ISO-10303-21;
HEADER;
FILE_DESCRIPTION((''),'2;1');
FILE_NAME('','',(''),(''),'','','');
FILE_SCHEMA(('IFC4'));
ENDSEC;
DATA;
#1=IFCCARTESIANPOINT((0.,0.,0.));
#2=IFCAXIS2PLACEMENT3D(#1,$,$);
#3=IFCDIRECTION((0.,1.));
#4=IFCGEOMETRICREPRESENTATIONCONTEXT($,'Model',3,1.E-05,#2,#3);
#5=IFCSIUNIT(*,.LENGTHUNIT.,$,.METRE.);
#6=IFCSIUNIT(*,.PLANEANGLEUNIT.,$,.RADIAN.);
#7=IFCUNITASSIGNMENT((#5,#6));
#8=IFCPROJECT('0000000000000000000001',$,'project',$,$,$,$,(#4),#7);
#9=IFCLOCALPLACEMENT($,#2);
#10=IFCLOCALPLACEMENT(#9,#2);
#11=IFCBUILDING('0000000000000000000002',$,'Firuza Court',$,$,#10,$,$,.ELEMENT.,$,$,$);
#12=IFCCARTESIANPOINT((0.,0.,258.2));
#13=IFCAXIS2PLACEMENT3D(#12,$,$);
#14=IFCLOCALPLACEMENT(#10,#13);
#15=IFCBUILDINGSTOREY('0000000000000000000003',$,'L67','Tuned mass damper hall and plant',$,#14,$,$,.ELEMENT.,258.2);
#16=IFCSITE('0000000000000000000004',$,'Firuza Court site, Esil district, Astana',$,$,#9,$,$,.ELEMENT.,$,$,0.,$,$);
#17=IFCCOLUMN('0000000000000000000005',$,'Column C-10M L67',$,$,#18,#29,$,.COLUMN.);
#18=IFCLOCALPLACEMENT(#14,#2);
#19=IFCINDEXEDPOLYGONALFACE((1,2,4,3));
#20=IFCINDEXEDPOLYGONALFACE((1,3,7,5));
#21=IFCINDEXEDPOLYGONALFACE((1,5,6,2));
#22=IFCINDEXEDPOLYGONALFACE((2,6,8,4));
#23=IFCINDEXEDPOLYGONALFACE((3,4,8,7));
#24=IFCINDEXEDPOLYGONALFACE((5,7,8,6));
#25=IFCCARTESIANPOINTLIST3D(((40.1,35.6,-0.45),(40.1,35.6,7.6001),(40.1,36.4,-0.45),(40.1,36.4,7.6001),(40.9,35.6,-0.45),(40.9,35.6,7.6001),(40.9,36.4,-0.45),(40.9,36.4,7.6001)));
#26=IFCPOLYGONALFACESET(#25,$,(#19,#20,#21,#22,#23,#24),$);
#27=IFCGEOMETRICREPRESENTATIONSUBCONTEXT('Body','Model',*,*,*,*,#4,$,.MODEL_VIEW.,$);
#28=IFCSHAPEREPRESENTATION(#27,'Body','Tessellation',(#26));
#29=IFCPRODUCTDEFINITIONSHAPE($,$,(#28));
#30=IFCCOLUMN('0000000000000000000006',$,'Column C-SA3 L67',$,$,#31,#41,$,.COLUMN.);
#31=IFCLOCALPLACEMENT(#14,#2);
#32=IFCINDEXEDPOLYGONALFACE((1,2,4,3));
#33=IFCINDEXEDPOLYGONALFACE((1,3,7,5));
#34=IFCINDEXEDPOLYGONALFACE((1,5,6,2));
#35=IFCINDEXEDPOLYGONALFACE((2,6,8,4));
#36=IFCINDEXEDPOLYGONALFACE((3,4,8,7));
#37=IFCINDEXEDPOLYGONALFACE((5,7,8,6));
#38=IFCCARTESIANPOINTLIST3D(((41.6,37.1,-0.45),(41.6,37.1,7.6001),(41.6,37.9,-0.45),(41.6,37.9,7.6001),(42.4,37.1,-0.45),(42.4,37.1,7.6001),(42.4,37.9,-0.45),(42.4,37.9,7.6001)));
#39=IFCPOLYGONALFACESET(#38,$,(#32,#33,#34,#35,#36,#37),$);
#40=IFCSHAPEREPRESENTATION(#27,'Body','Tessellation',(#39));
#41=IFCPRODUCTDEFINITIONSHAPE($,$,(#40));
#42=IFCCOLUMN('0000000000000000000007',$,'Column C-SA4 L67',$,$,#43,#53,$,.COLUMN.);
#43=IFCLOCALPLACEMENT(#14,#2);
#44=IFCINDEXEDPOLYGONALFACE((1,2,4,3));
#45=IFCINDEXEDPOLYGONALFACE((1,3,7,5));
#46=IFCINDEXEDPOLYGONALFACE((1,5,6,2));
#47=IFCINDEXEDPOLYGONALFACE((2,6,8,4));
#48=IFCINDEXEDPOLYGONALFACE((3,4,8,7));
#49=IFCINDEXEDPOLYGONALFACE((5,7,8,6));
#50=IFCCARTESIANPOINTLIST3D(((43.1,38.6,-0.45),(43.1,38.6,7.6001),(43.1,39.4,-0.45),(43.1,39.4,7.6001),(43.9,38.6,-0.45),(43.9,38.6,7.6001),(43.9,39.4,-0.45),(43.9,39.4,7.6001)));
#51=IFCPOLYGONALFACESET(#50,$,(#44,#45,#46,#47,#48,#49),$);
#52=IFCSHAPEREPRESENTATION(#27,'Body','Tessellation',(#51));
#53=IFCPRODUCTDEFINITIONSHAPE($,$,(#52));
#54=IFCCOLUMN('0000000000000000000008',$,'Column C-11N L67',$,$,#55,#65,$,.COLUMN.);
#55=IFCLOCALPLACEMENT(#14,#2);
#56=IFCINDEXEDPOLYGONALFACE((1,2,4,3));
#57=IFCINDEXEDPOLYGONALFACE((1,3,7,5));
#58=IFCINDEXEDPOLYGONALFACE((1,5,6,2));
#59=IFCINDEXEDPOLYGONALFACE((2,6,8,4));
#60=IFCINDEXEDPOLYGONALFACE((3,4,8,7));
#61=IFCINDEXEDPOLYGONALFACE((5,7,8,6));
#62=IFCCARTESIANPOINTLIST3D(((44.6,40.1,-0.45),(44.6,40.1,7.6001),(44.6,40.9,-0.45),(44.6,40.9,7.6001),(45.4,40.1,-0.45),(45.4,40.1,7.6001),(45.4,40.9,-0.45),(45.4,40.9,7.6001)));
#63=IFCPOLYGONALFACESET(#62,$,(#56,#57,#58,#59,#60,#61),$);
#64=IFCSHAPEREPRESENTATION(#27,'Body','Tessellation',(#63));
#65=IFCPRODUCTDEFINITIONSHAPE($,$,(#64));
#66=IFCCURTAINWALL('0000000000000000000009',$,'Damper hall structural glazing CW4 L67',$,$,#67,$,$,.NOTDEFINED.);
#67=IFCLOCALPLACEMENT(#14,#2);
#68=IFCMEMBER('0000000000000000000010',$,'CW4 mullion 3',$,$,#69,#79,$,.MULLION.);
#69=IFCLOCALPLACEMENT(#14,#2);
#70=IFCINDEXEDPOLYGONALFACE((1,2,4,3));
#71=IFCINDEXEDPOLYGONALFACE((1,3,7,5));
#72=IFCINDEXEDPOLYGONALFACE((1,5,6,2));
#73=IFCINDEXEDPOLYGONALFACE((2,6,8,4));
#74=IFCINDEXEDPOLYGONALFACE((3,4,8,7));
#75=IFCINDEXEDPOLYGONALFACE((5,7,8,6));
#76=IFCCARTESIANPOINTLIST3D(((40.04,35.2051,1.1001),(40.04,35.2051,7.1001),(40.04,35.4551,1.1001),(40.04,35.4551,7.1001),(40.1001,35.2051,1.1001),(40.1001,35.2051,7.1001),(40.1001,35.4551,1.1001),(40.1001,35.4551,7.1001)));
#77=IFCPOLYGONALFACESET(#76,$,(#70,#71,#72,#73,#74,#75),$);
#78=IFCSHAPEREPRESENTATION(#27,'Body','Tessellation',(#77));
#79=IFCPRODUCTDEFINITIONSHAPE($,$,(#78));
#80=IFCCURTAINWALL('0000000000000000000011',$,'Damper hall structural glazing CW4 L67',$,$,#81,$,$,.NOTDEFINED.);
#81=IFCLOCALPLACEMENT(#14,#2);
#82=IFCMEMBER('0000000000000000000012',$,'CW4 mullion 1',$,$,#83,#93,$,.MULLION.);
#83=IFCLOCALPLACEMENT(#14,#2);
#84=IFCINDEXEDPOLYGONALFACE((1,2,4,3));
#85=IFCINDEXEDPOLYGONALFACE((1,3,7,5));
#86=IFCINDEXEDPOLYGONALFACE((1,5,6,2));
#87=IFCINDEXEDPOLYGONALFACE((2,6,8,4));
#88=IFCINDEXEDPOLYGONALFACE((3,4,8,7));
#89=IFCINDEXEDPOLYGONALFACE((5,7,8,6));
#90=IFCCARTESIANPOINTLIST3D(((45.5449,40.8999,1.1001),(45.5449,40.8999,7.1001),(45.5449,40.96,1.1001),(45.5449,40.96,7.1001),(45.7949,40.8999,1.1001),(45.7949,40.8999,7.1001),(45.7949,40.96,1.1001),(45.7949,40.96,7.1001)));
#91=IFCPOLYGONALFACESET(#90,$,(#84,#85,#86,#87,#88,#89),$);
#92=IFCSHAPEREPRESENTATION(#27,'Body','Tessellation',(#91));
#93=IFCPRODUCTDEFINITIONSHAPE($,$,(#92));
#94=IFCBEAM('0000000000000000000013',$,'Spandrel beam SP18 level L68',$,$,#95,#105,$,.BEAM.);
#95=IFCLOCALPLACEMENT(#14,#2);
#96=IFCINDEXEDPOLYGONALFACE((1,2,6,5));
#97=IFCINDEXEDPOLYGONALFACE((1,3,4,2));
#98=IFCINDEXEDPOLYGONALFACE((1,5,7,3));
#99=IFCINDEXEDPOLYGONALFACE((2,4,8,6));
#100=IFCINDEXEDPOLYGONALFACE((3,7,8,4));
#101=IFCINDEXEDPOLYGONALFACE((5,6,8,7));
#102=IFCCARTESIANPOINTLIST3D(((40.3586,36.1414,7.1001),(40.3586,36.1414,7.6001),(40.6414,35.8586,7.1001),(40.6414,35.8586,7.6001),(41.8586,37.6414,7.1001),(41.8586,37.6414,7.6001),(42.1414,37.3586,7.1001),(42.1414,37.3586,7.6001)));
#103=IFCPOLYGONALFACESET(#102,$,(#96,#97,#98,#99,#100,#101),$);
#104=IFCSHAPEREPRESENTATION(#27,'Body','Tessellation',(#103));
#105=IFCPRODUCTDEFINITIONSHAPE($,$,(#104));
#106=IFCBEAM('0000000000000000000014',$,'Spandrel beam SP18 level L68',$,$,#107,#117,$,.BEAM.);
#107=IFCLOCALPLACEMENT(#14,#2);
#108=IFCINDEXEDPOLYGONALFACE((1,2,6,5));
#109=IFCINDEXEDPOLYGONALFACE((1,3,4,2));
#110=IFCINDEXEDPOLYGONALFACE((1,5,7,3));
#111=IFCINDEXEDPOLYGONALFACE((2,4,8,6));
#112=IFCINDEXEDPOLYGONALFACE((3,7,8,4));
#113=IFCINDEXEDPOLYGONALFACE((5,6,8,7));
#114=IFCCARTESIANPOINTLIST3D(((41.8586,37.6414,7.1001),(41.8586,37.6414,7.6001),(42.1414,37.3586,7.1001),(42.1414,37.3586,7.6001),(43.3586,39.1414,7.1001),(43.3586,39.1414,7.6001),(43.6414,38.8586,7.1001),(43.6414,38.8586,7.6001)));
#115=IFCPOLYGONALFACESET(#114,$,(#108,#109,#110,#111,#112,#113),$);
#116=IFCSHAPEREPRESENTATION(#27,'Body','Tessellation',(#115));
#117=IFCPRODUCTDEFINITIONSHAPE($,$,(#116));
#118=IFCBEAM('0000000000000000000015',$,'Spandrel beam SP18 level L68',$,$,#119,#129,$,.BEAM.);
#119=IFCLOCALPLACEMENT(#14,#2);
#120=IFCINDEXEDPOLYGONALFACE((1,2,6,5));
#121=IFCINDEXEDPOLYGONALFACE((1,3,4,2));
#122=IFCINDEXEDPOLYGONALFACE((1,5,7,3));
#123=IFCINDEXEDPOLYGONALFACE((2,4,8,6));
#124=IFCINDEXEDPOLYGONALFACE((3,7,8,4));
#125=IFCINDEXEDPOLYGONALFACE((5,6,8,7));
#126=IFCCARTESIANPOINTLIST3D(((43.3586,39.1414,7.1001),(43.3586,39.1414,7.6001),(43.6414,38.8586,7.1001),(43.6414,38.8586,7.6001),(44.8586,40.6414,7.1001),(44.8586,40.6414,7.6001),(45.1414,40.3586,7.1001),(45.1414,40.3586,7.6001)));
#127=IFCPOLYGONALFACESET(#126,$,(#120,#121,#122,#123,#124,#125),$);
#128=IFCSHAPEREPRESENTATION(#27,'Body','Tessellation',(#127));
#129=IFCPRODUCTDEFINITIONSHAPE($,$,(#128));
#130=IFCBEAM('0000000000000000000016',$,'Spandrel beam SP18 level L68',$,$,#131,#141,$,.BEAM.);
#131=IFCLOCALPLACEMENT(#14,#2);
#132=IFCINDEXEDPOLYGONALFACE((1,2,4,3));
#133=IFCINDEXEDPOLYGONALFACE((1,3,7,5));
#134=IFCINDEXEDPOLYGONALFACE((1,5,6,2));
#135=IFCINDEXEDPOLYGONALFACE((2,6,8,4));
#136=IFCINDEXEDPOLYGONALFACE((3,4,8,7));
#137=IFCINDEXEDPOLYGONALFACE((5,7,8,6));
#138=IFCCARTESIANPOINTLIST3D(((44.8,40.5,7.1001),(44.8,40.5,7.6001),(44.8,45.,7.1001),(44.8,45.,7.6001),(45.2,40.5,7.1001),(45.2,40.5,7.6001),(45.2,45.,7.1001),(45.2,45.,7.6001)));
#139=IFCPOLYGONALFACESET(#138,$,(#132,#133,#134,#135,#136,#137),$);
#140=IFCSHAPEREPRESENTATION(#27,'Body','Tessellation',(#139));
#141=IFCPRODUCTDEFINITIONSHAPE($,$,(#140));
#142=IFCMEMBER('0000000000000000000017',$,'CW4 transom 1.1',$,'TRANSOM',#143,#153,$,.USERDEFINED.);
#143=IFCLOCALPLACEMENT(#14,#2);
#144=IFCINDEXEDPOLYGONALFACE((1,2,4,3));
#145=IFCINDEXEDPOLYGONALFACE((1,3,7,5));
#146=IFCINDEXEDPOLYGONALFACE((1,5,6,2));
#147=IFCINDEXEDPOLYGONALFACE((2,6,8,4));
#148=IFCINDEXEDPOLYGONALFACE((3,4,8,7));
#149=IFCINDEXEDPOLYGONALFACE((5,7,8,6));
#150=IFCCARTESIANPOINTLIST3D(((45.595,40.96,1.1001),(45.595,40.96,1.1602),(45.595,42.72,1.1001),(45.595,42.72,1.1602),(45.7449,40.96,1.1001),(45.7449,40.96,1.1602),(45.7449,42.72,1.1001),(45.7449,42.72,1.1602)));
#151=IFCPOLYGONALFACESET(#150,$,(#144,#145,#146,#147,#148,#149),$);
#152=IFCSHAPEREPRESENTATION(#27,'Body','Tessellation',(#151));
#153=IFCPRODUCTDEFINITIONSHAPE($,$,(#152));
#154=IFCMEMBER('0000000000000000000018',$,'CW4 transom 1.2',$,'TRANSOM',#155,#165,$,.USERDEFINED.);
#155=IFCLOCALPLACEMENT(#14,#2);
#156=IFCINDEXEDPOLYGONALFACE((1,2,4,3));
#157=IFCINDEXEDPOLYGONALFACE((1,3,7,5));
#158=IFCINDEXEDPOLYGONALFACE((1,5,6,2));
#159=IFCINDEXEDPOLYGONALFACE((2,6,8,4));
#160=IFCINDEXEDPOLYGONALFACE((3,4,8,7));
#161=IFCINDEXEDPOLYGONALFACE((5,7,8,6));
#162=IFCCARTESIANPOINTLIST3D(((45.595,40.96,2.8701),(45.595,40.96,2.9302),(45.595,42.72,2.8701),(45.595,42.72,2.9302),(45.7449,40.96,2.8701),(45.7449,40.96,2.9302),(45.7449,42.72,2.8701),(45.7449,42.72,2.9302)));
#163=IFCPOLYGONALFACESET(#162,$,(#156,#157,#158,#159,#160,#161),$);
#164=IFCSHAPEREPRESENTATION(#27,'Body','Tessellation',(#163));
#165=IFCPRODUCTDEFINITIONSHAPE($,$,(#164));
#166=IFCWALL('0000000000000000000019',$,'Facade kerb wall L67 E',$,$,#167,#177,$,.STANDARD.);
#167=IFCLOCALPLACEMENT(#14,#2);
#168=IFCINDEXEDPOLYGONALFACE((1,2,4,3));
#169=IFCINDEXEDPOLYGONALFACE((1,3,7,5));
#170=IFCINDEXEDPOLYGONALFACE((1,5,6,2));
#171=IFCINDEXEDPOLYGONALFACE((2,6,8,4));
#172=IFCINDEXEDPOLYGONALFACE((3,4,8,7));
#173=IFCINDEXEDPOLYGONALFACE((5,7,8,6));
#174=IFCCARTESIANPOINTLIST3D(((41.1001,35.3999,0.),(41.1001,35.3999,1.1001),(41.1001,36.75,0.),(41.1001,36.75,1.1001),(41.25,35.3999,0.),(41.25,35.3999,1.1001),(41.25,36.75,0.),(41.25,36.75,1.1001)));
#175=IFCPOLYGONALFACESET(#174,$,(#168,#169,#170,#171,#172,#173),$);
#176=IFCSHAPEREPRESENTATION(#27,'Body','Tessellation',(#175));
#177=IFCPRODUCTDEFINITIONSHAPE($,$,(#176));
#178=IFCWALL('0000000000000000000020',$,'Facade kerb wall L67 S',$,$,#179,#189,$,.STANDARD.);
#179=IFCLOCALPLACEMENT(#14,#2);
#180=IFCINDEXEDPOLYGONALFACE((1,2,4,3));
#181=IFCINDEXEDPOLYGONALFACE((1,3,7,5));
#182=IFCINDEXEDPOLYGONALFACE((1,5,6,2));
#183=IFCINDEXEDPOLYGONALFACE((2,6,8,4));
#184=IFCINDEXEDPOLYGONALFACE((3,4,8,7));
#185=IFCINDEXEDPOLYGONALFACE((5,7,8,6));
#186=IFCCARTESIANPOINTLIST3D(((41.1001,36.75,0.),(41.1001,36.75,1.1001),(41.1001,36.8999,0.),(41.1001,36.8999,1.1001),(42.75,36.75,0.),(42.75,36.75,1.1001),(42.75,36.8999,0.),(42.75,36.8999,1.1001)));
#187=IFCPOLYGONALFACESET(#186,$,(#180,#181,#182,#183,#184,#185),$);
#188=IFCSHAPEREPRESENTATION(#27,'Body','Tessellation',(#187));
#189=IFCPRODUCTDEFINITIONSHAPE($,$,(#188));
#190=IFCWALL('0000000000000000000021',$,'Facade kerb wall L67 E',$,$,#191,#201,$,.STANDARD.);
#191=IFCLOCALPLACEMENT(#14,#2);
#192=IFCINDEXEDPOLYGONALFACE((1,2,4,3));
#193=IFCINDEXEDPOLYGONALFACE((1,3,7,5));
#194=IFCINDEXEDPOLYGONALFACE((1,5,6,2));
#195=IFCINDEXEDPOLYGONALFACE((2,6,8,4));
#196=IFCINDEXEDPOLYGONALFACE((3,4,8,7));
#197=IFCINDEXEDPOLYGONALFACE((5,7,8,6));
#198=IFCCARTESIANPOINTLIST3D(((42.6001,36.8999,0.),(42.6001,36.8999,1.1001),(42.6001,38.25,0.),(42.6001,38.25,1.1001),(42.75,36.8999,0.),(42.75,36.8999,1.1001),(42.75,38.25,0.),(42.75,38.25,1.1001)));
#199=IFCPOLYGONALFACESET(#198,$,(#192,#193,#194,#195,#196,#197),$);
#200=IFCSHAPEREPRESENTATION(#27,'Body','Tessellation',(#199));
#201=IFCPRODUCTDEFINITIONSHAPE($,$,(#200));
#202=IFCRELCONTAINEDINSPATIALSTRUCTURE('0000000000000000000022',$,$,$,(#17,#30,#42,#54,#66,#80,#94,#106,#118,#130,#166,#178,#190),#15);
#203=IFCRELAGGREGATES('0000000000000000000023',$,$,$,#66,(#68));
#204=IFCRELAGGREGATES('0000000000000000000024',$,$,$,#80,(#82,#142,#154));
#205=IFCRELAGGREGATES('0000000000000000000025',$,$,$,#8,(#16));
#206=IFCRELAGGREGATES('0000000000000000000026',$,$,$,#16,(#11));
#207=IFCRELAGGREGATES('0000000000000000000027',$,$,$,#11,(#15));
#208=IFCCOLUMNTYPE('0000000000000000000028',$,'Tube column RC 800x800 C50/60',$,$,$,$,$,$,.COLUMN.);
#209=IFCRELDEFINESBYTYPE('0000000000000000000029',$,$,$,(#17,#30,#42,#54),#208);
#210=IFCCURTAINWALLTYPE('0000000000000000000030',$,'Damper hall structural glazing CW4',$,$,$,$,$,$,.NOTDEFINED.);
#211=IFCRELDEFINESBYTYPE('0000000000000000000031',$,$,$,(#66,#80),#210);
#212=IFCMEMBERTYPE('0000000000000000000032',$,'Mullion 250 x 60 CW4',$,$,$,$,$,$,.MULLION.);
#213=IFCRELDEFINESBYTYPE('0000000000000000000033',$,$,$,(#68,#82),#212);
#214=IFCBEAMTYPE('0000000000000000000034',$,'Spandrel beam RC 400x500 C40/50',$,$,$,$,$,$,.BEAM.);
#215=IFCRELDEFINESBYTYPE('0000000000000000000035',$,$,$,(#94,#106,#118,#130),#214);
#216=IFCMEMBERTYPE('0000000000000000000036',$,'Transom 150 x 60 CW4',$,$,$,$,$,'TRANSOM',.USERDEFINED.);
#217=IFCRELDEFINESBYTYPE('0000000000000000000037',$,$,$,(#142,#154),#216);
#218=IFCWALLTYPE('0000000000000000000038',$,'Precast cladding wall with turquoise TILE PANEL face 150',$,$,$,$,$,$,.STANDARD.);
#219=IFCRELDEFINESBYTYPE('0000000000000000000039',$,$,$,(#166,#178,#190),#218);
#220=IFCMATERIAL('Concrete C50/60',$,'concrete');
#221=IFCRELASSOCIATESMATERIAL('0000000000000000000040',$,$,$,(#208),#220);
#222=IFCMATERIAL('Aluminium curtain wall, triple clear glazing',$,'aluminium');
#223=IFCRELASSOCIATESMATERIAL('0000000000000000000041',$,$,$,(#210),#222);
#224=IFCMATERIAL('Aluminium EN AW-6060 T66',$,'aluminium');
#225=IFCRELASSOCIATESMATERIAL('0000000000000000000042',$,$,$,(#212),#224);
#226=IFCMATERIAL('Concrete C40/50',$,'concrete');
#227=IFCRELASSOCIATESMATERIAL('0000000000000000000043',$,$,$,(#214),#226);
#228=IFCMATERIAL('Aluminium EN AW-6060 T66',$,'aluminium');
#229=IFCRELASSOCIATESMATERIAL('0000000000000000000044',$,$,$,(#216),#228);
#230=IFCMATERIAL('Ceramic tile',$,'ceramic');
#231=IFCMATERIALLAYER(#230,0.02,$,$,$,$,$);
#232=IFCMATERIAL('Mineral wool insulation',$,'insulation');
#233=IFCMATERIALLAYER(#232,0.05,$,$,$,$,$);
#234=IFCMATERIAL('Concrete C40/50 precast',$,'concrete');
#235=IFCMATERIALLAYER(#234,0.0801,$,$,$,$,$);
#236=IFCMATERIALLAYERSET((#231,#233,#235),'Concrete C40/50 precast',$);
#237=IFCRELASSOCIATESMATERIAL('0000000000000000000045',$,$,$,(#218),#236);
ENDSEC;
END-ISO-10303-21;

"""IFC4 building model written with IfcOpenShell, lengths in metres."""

from ifc_helpers import new_model, si_unit, direction, frame, frame_2d, origin, origin_2d, place, context, subcontext, project, spatial, rectangle, extrude, material, layer, layer_set, material_profile, profile_set, type_object, element, aggregate, save


model = new_model("IFC4")

# Units and contexts
model_context = context("Model", 3, precision=1e-05, world=origin(), true_north=direction((0.0, 1.0)))
body_context = subcontext(model_context, "Body", "Model", "MODEL_VIEW")
ifc_project = project(units=[si_unit("LENGTHUNIT", "METRE"), si_unit("PLANEANGLEUNIT", "RADIAN")], contexts=[model_context])

# Site, building, storey
site_placement = place(None, origin())
site = spatial("IfcSite", under=ifc_project, at=site_placement, Name="Firuza Court site, Esil district, Astana", CompositionType="ELEMENT", RefElevation=0.0)
building_placement = place(site_placement, origin())
building = spatial("IfcBuilding", under=site, at=building_placement, Name="Firuza Court", CompositionType="ELEMENT")
storey_placement = place(building_placement, frame((0.0, 0.0, 258.2)))
storey = spatial("IfcBuildingStorey", under=building, at=storey_placement, Name="L67", Description="Tuned mass damper hall and plant", CompositionType="ELEMENT", Elevation=258.2)

# Columns
ifc_material_1 = material(Name="Concrete C50/60", Category="concrete")
ifc_material_profile_1 = material_profile(ifc_material_1, rectangle(XDim=0.8, YDim=0.8, at=origin_2d()), Name="RC 800x800")
ifc_profile_set_1 = profile_set([ifc_material_profile_1], Name="Concrete C50/60")
column_type = type_object("IfcColumnType", Name="Tube column RC 800x800 C50/60", PredefinedType="COLUMN", material=ifc_profile_set_1)
for number, where, z_axis, x_axis, name in (
    (1, (40.5, 36.0, -0.45), (0.0, 0.0, 1.0), (1.0, 0.0, 0.0), "Column C-10M L67"),
    (2, (42.0, 37.5, -0.45), (0.0, 0.0, 1.0), (1.0, 0.0, 0.0), "Column C-SA3 L67"),
    (3, (43.5, 39.0, -0.45), (0.0, 0.0, 1.0), (1.0, 0.0, 0.0), "Column C-SA4 L67"),
    (4, (45.0, 40.5, -0.45), (0.0, 0.0, 1.0), (1.0, 0.0, 0.0), "Column C-11N L67"),
):
    element("IfcColumn", number, at=place(storey_placement, frame(where, z_axis=z_axis, x_axis=x_axis)), inside=storey, type_object=column_type, Name=name, PredefinedType="COLUMN", context=body_context, shape_type="SweptSolid", body=[
        extrude(rectangle(XDim=0.8, YDim=0.8, at=origin_2d()), origin(), (0.0, 0.0, 1.0), 8.05),
    ])

# Curtain walls, members
ifc_material_2 = material(Name="Aluminium curtain wall, triple clear glazing", Category="aluminium")
curtain_wall_type = type_object("IfcCurtainWallType", Name="Damper hall structural glazing CW4", PredefinedType="NOTDEFINED", material=ifc_material_2)
curtain_wall_1_placement = place(storey_placement, origin())
curtain_wall_1 = element("IfcCurtainWall", 5, at=curtain_wall_1_placement, inside=storey, type_object=curtain_wall_type, Name="Damper hall structural glazing CW4 L67", PredefinedType="NOTDEFINED")
ifc_material_3 = material(Name="Aluminium EN AW-6060 T66", Category="aluminium")
ifc_material_profile_2 = material_profile(ifc_material_3, rectangle(XDim=0.25, YDim=0.0601, at=origin_2d()), Name="Mullion 250 x 60 CW4")
ifc_profile_set_2 = profile_set([ifc_material_profile_2], Name="Aluminium EN AW-6060 T66")
member_type_1 = type_object("IfcMemberType", Name="Mullion 250 x 60 CW4", PredefinedType="MULLION", material=ifc_profile_set_2)
member_1_placement = place(storey_placement, frame((40.0701, 35.3301, 1.1001), z_axis=(0.0, 0.0, 1.0), x_axis=(0.0, 1.0, 0.0)))
member_1 = element("IfcMember", 6, at=member_1_placement, type_object=member_type_1, Name="CW4 mullion 3", PredefinedType="MULLION", context=body_context, shape_type="SweptSolid", body=[
    extrude(rectangle(XDim=0.25, YDim=0.0601, at=origin_2d()), origin(), (0.0, 0.0, 1.0), 6.0),
])
aggregate(curtain_wall_1, [member_1])
curtain_wall_2_placement = place(storey_placement, origin())
curtain_wall_2 = element("IfcCurtainWall", 7, at=curtain_wall_2_placement, inside=storey, type_object=curtain_wall_type, Name="Damper hall structural glazing CW4 L67", PredefinedType="NOTDEFINED")
member_2_placement = place(storey_placement, frame((45.6699, 40.9299, 1.1001), z_axis=(0.0, 0.0, 1.0), x_axis=(-1.0, 0.0, 0.0)))
member_2 = element("IfcMember", 8, at=member_2_placement, type_object=member_type_1, Name="CW4 mullion 1", PredefinedType="MULLION", context=body_context, shape_type="SweptSolid", body=[
    extrude(rectangle(XDim=0.25, YDim=0.0601, at=origin_2d()), origin(), (0.0, 0.0, 1.0), 6.0),
])

# Beams
ifc_material_4 = material(Name="Concrete C40/50", Category="concrete")
ifc_material_profile_3 = material_profile(ifc_material_4, rectangle(XDim=0.3999, YDim=0.5, at=origin_2d()), Name="RC 400x500")
ifc_profile_set_3 = profile_set([ifc_material_profile_3], Name="Concrete C40/50")
beam_type = type_object("IfcBeamType", Name="Spandrel beam RC 400x500 C40/50", PredefinedType="BEAM", material=ifc_profile_set_3)
for number, where, z_axis, x_axis, name in (
    (9, (40.5, 36.0, 7.3501), (0.707107, 0.707107, 0.0), (-0.707107, 0.707107, 0.0), "Spandrel beam SP18 level L68"),
    (10, (42.0, 37.5, 7.3501), (0.707107, 0.707107, 0.0), (-0.707107, 0.707107, 0.0), "Spandrel beam SP18 level L68"),
    (11, (43.5, 39.0, 7.3501), (0.707107, 0.707107, 0.0), (-0.707107, 0.707107, 0.0), "Spandrel beam SP18 level L68"),
):
    element("IfcBeam", number, at=place(storey_placement, frame(where, z_axis=z_axis, x_axis=x_axis)), inside=storey, type_object=beam_type, Name=name, PredefinedType="BEAM", context=body_context, shape_type="SweptSolid", body=[
        extrude(rectangle(XDim=0.3999, YDim=0.5, at=origin_2d()), origin(), (0.0, 0.0, 1.0), 2.1213),
    ])
beam_placement = place(storey_placement, frame((45.0, 40.5, 7.3501), z_axis=(0.0, 1.0, 0.0), x_axis=(-1.0, 0.0, 0.0)))
element("IfcBeam", 12, at=beam_placement, inside=storey, type_object=beam_type, Name="Spandrel beam SP18 level L68", PredefinedType="BEAM", context=body_context, shape_type="SweptSolid", body=[
    extrude(rectangle(XDim=0.3999, YDim=0.5, at=origin_2d()), origin(), (0.0, 0.0, 1.0), 4.5),
])

# Members
ifc_material_5 = material(Name="Aluminium EN AW-6060 T66", Category="aluminium")
ifc_material_profile_4 = material_profile(ifc_material_5, rectangle(XDim=0.1499, YDim=0.0601, at=origin_2d()), Name="Transom 150 x 60 CW4")
ifc_profile_set_4 = profile_set([ifc_material_profile_4], Name="Aluminium EN AW-6060 T66")
member_type_2 = type_object("IfcMemberType", Name="Transom 150 x 60 CW4", ElementType="TRANSOM", PredefinedType="USERDEFINED", material=ifc_profile_set_4)
member_3_placement = place(storey_placement, frame((45.6699, 40.96, 1.1301), z_axis=(0.0, 1.0, 0.0), x_axis=(-1.0, 0.0, 0.0)))
member_3 = element("IfcMember", 13, at=member_3_placement, type_object=member_type_2, Name="CW4 transom 1.1", ObjectType="TRANSOM", PredefinedType="USERDEFINED", context=body_context, shape_type="SweptSolid", body=[
    extrude(rectangle(XDim=0.1499, YDim=0.0601, at=origin_2d()), origin(), (0.0, 0.0, 1.0), 1.76),
])
member_4_placement = place(storey_placement, frame((45.6699, 40.96, 2.9001), z_axis=(0.0, 1.0, 0.0), x_axis=(-1.0, 0.0, 0.0)))
member_4 = element("IfcMember", 14, at=member_4_placement, type_object=member_type_2, Name="CW4 transom 1.2", ObjectType="TRANSOM", PredefinedType="USERDEFINED", context=body_context, shape_type="SweptSolid", body=[
    extrude(rectangle(XDim=0.1499, YDim=0.0601, at=origin_2d()), origin(), (0.0, 0.0, 1.0), 1.76),
])
aggregate(curtain_wall_2, [member_2, member_3, member_4])

# Walls
ifc_material_6 = material(Name="Ceramic tile", Category="ceramic")
ifc_layer_1 = layer(ifc_material_6, 0.02)
ifc_material_7 = material(Name="Mineral wool insulation", Category="insulation")
ifc_layer_2 = layer(ifc_material_7, 0.05)
ifc_material_8 = material(Name="Concrete C40/50 precast", Category="concrete")
ifc_layer_3 = layer(ifc_material_8, 0.0801)
ifc_layer_set = layer_set([ifc_layer_1, ifc_layer_2, ifc_layer_3], Name="Concrete C40/50 precast")
wall_type = type_object("IfcWallType", Name="Precast cladding wall with turquoise TILE PANEL face 150", PredefinedType="STANDARD", material=ifc_layer_set)
wall_1_placement = place(storey_placement, frame((41.175, 35.3999, 0.0), z_axis=(0.0, 0.0, 1.0), x_axis=(0.0, 1.0, 0.0)))
element("IfcWall", 15, at=wall_1_placement, inside=storey, type_object=wall_type, Name="Facade kerb wall L67 E", PredefinedType="STANDARD", context=body_context, shape_type="SweptSolid", body=[
    extrude(rectangle(XDim=1.3501, YDim=0.1499, at=frame_2d((0.675, 0.0))), origin(), (0.0, 0.0, 1.0), 1.1001),
])
wall_2_placement = place(storey_placement, frame((41.1001, 36.825, 0.0), z_axis=(0.0, 0.0, 1.0), x_axis=(1.0, 0.0, 0.0)))
element("IfcWall", 16, at=wall_2_placement, inside=storey, type_object=wall_type, Name="Facade kerb wall L67 S", PredefinedType="STANDARD", context=body_context, shape_type="SweptSolid", body=[
    extrude(rectangle(XDim=1.6499, YDim=0.1499, at=frame_2d((0.825, 0.0))), origin(), (0.0, 0.0, 1.0), 1.1001),
])
wall_3_placement = place(storey_placement, frame((42.675, 36.8999, 0.0), z_axis=(0.0, 0.0, 1.0), x_axis=(0.0, 1.0, 0.0)))
element("IfcWall", 17, at=wall_3_placement, inside=storey, type_object=wall_type, Name="Facade kerb wall L67 E", PredefinedType="STANDARD", context=body_context, shape_type="SweptSolid", body=[
    extrude(rectangle(XDim=1.3501, YDim=0.1499, at=frame_2d((0.675, 0.0))), origin(), (0.0, 0.0, 1.0), 1.1001),
])

save(model, "model.ifc")
